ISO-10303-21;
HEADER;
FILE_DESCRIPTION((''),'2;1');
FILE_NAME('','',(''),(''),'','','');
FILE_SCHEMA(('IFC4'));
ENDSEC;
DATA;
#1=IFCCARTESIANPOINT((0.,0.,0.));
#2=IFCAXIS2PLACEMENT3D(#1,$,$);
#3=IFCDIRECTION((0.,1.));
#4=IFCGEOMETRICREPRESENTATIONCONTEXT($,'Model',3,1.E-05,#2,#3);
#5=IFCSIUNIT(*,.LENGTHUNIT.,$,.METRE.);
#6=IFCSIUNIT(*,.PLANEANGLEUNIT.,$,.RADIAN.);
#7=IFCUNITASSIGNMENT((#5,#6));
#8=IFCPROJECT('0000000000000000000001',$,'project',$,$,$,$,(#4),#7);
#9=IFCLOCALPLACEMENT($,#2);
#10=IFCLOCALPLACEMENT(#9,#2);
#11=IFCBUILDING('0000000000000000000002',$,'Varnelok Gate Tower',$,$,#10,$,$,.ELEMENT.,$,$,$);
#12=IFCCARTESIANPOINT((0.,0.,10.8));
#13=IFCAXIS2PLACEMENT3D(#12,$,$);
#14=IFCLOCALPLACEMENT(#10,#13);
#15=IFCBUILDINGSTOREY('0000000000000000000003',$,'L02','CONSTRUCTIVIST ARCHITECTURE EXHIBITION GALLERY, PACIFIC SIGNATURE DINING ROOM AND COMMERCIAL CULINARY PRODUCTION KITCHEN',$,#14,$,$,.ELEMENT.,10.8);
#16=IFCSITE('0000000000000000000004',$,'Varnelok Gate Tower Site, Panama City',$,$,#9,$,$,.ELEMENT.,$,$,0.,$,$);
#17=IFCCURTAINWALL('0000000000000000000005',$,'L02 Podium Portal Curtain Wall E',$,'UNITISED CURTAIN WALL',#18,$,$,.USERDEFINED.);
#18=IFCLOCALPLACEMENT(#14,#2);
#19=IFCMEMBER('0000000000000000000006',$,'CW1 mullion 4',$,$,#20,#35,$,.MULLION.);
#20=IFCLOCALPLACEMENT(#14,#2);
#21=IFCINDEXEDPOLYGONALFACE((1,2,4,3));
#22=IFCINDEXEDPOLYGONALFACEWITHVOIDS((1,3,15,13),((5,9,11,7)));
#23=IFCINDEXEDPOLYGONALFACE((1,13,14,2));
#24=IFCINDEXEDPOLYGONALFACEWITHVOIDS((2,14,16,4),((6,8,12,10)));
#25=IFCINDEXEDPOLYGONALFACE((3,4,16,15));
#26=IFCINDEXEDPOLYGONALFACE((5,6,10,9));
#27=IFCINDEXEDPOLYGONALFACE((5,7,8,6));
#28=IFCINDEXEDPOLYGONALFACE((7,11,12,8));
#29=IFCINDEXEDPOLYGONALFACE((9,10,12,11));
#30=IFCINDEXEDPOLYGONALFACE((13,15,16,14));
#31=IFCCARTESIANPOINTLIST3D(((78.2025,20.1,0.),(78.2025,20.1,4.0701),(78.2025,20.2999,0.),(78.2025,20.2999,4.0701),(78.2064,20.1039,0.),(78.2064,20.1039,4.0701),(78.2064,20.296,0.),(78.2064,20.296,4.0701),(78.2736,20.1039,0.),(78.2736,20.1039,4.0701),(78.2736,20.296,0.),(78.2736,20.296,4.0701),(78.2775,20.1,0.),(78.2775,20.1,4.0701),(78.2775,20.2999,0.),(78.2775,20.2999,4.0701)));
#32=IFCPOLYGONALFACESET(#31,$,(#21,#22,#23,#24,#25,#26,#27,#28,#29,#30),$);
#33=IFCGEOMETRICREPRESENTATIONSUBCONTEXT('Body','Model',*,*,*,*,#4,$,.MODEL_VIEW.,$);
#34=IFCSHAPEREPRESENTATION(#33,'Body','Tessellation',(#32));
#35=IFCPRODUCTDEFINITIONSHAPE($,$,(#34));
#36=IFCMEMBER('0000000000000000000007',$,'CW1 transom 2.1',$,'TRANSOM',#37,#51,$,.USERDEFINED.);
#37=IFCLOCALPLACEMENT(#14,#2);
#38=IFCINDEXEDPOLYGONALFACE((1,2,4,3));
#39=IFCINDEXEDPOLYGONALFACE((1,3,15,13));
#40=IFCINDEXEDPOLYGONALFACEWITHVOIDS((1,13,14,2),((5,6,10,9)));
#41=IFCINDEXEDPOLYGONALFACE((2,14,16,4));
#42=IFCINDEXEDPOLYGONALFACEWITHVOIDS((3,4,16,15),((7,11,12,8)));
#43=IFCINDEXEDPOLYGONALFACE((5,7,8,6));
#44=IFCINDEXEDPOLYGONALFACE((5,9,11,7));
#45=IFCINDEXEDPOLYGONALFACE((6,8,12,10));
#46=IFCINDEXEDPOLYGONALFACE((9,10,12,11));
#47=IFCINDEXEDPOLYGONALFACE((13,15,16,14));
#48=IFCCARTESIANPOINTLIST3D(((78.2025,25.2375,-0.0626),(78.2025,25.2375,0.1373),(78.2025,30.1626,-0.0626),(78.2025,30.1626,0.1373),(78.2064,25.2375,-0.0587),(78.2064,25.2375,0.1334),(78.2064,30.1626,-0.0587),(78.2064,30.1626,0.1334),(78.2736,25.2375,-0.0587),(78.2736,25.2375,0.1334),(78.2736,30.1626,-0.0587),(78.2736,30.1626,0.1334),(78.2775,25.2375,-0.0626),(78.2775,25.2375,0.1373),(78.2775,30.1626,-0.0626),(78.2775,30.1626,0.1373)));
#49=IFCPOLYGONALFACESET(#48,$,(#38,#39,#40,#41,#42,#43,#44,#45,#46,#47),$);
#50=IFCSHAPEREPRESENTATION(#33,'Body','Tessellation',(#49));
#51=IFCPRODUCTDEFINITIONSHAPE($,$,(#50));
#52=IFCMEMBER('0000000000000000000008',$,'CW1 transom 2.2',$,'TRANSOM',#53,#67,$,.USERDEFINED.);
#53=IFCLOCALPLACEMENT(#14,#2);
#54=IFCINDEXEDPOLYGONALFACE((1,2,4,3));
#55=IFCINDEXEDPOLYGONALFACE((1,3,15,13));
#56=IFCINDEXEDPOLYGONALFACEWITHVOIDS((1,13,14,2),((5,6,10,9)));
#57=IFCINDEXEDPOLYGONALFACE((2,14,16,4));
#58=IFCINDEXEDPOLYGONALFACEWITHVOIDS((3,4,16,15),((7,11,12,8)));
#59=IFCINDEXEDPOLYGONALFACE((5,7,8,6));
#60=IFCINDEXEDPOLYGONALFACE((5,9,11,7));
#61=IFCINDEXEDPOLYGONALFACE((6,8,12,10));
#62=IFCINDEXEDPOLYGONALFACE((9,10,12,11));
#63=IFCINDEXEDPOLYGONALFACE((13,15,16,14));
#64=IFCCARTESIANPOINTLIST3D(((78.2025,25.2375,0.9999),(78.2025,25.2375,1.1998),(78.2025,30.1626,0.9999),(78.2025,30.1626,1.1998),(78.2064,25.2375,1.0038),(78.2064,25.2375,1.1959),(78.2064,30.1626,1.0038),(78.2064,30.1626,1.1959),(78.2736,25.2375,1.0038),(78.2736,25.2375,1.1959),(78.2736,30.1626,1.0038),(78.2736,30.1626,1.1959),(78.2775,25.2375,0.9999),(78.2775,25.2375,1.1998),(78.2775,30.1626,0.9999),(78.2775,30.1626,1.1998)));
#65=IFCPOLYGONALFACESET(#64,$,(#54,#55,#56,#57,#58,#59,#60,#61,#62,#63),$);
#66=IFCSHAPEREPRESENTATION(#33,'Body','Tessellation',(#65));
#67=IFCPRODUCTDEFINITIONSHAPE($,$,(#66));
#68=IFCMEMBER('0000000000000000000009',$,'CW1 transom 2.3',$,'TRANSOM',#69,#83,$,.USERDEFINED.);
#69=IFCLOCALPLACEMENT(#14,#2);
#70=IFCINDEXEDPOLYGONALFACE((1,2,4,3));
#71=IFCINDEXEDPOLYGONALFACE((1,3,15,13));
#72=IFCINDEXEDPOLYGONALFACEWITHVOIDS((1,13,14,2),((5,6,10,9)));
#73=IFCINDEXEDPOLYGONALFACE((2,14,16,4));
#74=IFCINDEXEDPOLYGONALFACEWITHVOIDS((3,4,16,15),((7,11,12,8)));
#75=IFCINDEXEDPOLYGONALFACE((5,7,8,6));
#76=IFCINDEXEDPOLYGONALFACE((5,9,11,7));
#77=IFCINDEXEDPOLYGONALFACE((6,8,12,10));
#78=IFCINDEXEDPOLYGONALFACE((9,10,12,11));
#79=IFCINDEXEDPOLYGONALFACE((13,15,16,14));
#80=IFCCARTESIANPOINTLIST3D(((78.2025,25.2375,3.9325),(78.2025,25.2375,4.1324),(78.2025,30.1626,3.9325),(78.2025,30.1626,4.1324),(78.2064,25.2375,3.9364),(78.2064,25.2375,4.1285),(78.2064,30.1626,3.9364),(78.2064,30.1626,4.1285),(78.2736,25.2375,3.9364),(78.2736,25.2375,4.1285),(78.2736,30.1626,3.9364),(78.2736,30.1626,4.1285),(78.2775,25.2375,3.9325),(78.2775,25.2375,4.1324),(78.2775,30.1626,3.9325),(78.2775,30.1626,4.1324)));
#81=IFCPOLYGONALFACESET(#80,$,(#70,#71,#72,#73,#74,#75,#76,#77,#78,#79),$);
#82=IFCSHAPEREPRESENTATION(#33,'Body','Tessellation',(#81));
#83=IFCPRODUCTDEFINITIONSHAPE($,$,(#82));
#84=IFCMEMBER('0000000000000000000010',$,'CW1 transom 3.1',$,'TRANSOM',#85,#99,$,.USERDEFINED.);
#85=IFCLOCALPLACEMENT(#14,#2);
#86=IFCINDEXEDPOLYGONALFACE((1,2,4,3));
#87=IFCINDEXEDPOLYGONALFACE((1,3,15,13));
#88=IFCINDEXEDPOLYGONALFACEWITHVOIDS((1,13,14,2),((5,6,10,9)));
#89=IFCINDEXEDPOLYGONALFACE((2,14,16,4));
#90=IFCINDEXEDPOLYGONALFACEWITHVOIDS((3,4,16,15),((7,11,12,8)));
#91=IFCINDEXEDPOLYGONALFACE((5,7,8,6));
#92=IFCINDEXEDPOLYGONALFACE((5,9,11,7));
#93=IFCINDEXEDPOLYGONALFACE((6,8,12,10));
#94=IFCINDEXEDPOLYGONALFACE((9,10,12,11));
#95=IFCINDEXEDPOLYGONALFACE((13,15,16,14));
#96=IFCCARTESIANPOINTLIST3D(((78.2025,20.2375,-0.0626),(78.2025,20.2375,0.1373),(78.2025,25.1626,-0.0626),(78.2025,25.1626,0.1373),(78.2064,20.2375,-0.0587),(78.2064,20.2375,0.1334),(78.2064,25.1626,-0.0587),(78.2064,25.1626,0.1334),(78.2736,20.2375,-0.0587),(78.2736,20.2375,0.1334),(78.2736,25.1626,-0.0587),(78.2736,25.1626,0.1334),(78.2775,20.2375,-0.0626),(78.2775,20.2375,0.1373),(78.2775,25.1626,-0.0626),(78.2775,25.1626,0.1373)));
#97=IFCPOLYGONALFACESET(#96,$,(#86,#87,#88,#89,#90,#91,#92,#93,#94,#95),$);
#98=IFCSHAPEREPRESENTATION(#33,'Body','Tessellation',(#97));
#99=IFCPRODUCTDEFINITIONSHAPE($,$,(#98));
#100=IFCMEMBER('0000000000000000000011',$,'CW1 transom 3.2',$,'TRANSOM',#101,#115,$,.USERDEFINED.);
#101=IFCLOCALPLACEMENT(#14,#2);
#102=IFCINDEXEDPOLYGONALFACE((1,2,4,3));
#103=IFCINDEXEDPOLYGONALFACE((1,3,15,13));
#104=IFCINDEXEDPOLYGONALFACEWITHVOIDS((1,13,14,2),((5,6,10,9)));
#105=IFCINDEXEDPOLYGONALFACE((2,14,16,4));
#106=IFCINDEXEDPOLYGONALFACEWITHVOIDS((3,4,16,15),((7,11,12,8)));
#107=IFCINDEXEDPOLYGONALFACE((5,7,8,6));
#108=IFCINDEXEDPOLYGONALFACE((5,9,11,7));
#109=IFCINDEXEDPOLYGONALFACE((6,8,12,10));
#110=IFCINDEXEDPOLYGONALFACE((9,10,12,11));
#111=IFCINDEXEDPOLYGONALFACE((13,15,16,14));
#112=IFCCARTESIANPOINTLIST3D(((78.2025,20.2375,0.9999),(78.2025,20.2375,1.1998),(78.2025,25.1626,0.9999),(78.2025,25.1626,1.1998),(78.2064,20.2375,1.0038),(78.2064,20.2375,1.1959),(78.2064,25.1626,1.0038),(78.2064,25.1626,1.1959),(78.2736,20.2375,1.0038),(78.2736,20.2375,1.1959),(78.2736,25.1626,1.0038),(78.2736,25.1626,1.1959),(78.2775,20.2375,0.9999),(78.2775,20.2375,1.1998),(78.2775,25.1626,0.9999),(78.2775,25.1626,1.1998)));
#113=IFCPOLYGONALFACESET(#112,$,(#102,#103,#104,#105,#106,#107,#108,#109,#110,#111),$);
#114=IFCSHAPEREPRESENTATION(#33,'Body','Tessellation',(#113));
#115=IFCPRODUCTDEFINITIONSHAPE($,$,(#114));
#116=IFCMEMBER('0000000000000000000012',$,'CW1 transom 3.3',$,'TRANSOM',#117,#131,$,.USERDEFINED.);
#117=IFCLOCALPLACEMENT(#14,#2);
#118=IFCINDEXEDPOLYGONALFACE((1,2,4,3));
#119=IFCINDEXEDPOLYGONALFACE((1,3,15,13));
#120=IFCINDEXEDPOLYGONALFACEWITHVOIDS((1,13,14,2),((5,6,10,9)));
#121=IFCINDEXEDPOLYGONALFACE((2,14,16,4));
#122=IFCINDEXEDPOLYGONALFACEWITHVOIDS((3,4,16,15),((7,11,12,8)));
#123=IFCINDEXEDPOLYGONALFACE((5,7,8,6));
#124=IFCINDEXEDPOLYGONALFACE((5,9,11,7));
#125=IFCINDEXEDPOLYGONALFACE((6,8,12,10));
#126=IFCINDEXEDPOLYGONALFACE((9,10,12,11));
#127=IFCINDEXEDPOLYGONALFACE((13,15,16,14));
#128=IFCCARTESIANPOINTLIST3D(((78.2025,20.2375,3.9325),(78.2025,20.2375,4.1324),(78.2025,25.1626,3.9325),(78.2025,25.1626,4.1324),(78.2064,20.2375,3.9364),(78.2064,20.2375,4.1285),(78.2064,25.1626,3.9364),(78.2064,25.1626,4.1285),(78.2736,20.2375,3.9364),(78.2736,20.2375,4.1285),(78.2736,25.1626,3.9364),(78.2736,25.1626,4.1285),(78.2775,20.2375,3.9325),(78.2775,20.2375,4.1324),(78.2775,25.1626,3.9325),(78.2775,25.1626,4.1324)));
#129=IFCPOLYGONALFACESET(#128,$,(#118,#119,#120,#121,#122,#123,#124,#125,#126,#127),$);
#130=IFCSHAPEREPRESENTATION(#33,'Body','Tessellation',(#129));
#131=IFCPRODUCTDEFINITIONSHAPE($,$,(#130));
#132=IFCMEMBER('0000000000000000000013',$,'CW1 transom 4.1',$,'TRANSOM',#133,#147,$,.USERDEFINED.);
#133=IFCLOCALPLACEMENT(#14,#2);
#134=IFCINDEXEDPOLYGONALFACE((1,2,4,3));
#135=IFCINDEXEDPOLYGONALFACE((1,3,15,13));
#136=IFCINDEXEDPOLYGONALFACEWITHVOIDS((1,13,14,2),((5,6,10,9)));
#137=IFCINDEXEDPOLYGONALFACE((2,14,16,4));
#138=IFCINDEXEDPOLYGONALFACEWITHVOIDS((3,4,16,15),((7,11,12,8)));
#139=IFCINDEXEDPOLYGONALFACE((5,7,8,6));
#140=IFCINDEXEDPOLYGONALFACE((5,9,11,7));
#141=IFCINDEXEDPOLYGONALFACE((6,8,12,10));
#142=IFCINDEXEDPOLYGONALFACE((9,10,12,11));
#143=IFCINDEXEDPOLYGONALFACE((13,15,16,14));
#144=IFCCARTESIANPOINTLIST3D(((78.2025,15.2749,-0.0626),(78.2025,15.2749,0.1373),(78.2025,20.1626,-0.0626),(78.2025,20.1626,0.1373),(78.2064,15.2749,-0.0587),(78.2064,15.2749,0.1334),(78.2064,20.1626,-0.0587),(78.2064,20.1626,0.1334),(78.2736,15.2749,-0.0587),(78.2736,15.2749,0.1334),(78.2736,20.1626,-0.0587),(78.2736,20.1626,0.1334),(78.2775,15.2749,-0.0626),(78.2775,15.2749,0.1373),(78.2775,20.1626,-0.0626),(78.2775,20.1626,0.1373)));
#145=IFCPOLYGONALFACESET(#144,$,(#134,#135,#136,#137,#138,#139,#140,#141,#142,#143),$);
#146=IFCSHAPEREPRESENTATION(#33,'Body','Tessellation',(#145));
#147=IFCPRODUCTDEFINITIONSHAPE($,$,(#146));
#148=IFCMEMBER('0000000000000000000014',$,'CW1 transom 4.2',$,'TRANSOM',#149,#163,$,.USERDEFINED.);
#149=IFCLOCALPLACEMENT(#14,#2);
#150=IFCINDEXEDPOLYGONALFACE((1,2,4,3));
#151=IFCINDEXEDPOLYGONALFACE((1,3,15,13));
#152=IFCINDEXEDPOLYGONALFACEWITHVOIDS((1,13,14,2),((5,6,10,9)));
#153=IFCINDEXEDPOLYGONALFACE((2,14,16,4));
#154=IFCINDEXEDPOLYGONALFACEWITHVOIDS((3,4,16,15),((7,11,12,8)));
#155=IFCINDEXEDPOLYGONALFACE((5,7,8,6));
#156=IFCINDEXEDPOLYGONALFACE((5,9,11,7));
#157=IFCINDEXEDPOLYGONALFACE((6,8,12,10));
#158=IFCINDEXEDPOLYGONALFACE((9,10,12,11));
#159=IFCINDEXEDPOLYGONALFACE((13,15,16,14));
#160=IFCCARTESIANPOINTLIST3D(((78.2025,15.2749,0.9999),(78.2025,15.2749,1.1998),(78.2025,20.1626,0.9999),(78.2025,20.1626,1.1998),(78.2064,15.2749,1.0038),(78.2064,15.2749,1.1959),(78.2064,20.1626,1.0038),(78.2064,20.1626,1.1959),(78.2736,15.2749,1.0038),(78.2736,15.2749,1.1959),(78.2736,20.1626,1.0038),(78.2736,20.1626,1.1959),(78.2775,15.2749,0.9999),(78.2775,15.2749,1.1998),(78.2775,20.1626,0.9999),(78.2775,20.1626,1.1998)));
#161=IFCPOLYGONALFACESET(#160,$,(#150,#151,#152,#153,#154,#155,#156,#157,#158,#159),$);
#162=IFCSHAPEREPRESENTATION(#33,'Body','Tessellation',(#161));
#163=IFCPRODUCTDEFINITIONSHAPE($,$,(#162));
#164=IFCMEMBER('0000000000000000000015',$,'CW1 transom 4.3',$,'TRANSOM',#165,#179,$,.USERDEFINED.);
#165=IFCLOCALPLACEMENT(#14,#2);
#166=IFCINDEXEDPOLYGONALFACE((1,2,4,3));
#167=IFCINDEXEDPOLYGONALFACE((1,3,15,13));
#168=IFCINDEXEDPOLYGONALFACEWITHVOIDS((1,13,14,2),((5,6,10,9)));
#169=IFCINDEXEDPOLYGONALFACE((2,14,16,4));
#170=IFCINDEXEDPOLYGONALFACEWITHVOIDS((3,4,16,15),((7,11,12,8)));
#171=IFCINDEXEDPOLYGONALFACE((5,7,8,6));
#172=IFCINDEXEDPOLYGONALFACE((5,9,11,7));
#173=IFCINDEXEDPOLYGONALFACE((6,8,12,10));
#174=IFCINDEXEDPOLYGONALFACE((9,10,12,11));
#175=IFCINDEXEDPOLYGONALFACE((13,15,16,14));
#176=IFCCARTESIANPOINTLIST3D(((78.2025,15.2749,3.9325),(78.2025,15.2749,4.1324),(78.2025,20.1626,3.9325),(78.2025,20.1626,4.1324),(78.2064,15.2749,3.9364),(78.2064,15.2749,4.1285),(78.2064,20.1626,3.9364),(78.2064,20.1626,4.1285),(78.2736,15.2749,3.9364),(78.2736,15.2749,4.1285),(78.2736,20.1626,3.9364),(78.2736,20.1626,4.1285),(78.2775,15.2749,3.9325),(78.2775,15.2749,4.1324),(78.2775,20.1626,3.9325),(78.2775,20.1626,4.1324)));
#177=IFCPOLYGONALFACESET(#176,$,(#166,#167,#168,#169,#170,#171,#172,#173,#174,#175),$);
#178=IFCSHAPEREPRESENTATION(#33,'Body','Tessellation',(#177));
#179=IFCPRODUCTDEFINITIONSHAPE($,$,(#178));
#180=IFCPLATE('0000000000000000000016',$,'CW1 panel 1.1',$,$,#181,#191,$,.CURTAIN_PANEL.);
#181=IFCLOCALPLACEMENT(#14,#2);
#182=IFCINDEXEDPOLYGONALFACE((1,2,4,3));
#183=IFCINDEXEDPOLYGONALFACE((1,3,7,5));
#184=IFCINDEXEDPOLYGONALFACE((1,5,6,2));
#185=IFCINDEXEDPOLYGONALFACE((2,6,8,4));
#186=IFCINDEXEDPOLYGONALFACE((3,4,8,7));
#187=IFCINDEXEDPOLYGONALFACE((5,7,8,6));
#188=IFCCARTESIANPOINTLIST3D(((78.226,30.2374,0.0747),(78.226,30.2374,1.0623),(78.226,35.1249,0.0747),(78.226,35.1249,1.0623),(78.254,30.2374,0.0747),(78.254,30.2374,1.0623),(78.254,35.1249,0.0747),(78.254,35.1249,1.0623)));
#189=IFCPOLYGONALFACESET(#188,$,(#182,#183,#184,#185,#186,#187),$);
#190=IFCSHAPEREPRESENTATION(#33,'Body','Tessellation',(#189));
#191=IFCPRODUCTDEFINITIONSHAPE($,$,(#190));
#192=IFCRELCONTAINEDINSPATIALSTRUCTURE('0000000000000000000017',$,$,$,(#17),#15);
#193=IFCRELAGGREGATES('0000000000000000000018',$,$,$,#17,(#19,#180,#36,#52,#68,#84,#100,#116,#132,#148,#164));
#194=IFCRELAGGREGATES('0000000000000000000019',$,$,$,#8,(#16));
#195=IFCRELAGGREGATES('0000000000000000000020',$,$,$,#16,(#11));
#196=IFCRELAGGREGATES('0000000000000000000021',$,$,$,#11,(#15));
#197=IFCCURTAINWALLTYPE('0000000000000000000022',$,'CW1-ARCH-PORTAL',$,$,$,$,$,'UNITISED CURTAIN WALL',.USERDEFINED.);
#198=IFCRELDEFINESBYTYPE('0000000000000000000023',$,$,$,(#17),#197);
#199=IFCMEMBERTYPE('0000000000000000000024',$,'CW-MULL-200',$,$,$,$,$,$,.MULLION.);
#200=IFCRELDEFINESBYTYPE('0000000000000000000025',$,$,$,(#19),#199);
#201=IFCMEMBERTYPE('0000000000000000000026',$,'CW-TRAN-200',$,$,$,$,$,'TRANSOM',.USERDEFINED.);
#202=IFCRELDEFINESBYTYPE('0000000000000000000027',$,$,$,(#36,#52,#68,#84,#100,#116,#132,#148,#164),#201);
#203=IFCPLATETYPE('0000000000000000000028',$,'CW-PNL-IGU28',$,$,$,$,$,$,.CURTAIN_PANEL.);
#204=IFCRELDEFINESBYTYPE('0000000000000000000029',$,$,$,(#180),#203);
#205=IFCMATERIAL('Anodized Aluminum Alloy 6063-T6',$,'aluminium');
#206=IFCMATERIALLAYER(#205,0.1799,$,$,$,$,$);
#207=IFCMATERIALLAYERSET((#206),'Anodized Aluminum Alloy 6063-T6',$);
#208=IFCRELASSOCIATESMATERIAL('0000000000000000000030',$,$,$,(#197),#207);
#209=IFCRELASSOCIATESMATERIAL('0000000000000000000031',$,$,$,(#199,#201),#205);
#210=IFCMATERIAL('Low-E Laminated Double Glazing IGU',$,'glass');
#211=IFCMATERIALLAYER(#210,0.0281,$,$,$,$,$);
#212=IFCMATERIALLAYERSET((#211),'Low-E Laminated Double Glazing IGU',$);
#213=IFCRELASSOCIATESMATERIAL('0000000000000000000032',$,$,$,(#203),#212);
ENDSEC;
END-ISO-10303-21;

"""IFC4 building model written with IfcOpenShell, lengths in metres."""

from ifc_helpers import new_model, si_unit, direction, frame, origin, origin_2d, place, context, subcontext, project, spatial, rectangle, hollow_rectangle, extrude, source, transform, mapped, material, layer, layer_set, material_profile, profile_set, type_object, element, aggregate, save


model = new_model("IFC4")

# Units and contexts
model_context = context("Model", 3, precision=1e-05, world=origin(), true_north=direction((0.0, 1.0)))
body_context = subcontext(model_context, "Body", "Model", "MODEL_VIEW")
ifc_project = project(units=[si_unit("LENGTHUNIT", "METRE"), si_unit("PLANEANGLEUNIT", "RADIAN")], contexts=[model_context])

# Site, building, storey
site_placement = place(None, origin())
site = spatial("IfcSite", under=ifc_project, at=site_placement, Name="Varnelok Gate Tower Site, Panama City", CompositionType="ELEMENT", RefElevation=0.0)
building_placement = place(site_placement, origin())
building = spatial("IfcBuilding", under=site, at=building_placement, Name="Varnelok Gate Tower", CompositionType="ELEMENT")
storey_placement = place(building_placement, frame((0.0, 0.0, 10.8)))
storey = spatial("IfcBuildingStorey", under=building, at=storey_placement, Name="L02", Description="CONSTRUCTIVIST ARCHITECTURE EXHIBITION GALLERY, PACIFIC SIGNATURE DINING ROOM AND COMMERCIAL CULINARY PRODUCTION KITCHEN", CompositionType="ELEMENT", Elevation=10.8)

# Curtain wall, members, plate
ifc_material_1 = material(Name="Anodized Aluminum Alloy 6063-T6", Category="aluminium")
ifc_layer_1 = layer(ifc_material_1, 0.1799)
ifc_layer_set_1 = layer_set([ifc_layer_1], Name="Anodized Aluminum Alloy 6063-T6")
curtain_wall_type = type_object("IfcCurtainWallType", Name="CW1-ARCH-PORTAL", ElementType="UNITISED CURTAIN WALL", PredefinedType="USERDEFINED", material=ifc_layer_set_1)
curtain_wall_placement = place(storey_placement, origin())
curtain_wall = element("IfcCurtainWall", 1, at=curtain_wall_placement, inside=storey, type_object=curtain_wall_type, Name="L02 Podium Portal Curtain Wall E", ObjectType="UNITISED CURTAIN WALL", PredefinedType="USERDEFINED")
ifc_material_profile_1 = material_profile(ifc_material_1, hollow_rectangle(XDim=0.075, YDim=0.2, WallThickness=0.0039, at=origin_2d()), Name="ALU200X75X4")
ifc_profile_set_1 = profile_set([ifc_material_profile_1], Name="Anodized Aluminum Alloy 6063-T6")
member_type_1 = type_object("IfcMemberType", Name="CW-MULL-200", PredefinedType="MULLION", material=ifc_profile_set_1)
member_1_placement = place(storey_placement, frame((78.24, 20.2, 0.0), z_axis=(0.0, 0.0, 1.0), x_axis=(1.0, 0.0, 0.0)))
member_1 = element("IfcMember", 2, at=member_1_placement, type_object=member_type_1, Name="CW1 mullion 4", PredefinedType="MULLION", context=body_context, shape_type="SweptSolid", body=[
    extrude(hollow_rectangle(XDim=0.075, YDim=0.2, WallThickness=0.0039, at=origin_2d()), origin(), (0.0, 0.0, 1.0), 4.0701),
])
ifc_material_profile_2 = material_profile(ifc_material_1, hollow_rectangle(XDim=0.075, YDim=0.2, WallThickness=0.0039, at=origin_2d()), Name="ALU200X75X4")
ifc_profile_set_2 = profile_set([ifc_material_profile_2], Name="Anodized Aluminum Alloy 6063-T6")
member_type_2 = type_object("IfcMemberType", Name="CW-TRAN-200", ElementType="TRANSOM", PredefinedType="USERDEFINED", material=ifc_profile_set_2)
member_2_placement = place(storey_placement, frame((78.24, 30.1626, 0.0374), z_axis=(0.0, -1.0, 0.0), x_axis=(1.0, 0.0, 0.0)))
member_2 = element("IfcMember", 3, at=member_2_placement, type_object=member_type_2, Name="CW1 transom 2.1", ObjectType="TRANSOM", PredefinedType="USERDEFINED", context=body_context, shape_type="SweptSolid", body=[
    extrude(hollow_rectangle(XDim=0.075, YDim=0.2, WallThickness=0.0039, at=origin_2d()), origin(), (0.0, 0.0, 1.0), 4.925),
])
member_3_placement = place(storey_placement, frame((78.24, 30.1626, 1.0999), z_axis=(0.0, -1.0, 0.0), x_axis=(1.0, 0.0, 0.0)))
member_3 = element("IfcMember", 4, at=member_3_placement, type_object=member_type_2, Name="CW1 transom 2.2", ObjectType="TRANSOM", PredefinedType="USERDEFINED", context=body_context, shape_type="SweptSolid", body=[
    extrude(hollow_rectangle(XDim=0.075, YDim=0.2, WallThickness=0.0039, at=origin_2d()), origin(), (0.0, 0.0, 1.0), 4.925),
])
member_4_placement = place(storey_placement, frame((78.24, 30.1626, 4.0325), z_axis=(0.0, -1.0, 0.0), x_axis=(1.0, 0.0, 0.0)))
member_4 = element("IfcMember", 5, at=member_4_placement, type_object=member_type_2, Name="CW1 transom 2.3", ObjectType="TRANSOM", PredefinedType="USERDEFINED", context=body_context, shape_type="SweptSolid", body=[
    extrude(hollow_rectangle(XDim=0.075, YDim=0.2, WallThickness=0.0039, at=origin_2d()), origin(), (0.0, 0.0, 1.0), 4.925),
])
member_5_placement = place(storey_placement, frame((78.24, 25.1626, 0.0374), z_axis=(0.0, -1.0, 0.0), x_axis=(1.0, 0.0, 0.0)))
member_5 = element("IfcMember", 6, at=member_5_placement, type_object=member_type_2, Name="CW1 transom 3.1", ObjectType="TRANSOM", PredefinedType="USERDEFINED", context=body_context, shape_type="SweptSolid", body=[
    extrude(hollow_rectangle(XDim=0.075, YDim=0.2, WallThickness=0.0039, at=origin_2d()), origin(), (0.0, 0.0, 1.0), 4.925),
])
member_6_placement = place(storey_placement, frame((78.24, 25.1626, 1.0999), z_axis=(0.0, -1.0, 0.0), x_axis=(1.0, 0.0, 0.0)))
member_6 = element("IfcMember", 7, at=member_6_placement, type_object=member_type_2, Name="CW1 transom 3.2", ObjectType="TRANSOM", PredefinedType="USERDEFINED", context=body_context, shape_type="SweptSolid", body=[
    extrude(hollow_rectangle(XDim=0.075, YDim=0.2, WallThickness=0.0039, at=origin_2d()), origin(), (0.0, 0.0, 1.0), 4.925),
])
member_7_placement = place(storey_placement, frame((78.24, 25.1626, 4.0325), z_axis=(0.0, -1.0, 0.0), x_axis=(1.0, 0.0, 0.0)))
member_7 = element("IfcMember", 8, at=member_7_placement, type_object=member_type_2, Name="CW1 transom 3.3", ObjectType="TRANSOM", PredefinedType="USERDEFINED", context=body_context, shape_type="SweptSolid", body=[
    extrude(hollow_rectangle(XDim=0.075, YDim=0.2, WallThickness=0.0039, at=origin_2d()), origin(), (0.0, 0.0, 1.0), 4.925),
])
member_8_placement = place(storey_placement, frame((78.24, 20.1626, 0.0374), z_axis=(0.0, -1.0, 0.0), x_axis=(1.0, 0.0, 0.0)))
member_8 = element("IfcMember", 9, at=member_8_placement, type_object=member_type_2, Name="CW1 transom 4.1", ObjectType="TRANSOM", PredefinedType="USERDEFINED", context=body_context, shape_type="SweptSolid", body=[
    extrude(hollow_rectangle(XDim=0.075, YDim=0.2, WallThickness=0.0039, at=origin_2d()), origin(), (0.0, 0.0, 1.0), 4.8877),
])
member_9_placement = place(storey_placement, frame((78.24, 20.1626, 1.0999), z_axis=(0.0, -1.0, 0.0), x_axis=(1.0, 0.0, 0.0)))
member_9 = element("IfcMember", 10, at=member_9_placement, type_object=member_type_2, Name="CW1 transom 4.2", ObjectType="TRANSOM", PredefinedType="USERDEFINED", context=body_context, shape_type="SweptSolid", body=[
    extrude(hollow_rectangle(XDim=0.075, YDim=0.2, WallThickness=0.0039, at=origin_2d()), origin(), (0.0, 0.0, 1.0), 4.8877),
])
member_10_placement = place(storey_placement, frame((78.24, 20.1626, 4.0325), z_axis=(0.0, -1.0, 0.0), x_axis=(1.0, 0.0, 0.0)))
member_10 = element("IfcMember", 11, at=member_10_placement, type_object=member_type_2, Name="CW1 transom 4.3", ObjectType="TRANSOM", PredefinedType="USERDEFINED", context=body_context, shape_type="SweptSolid", body=[
    extrude(hollow_rectangle(XDim=0.075, YDim=0.2, WallThickness=0.0039, at=origin_2d()), origin(), (0.0, 0.0, 1.0), 4.8877),
])
ifc_material_2 = material(Name="Low-E Laminated Double Glazing IGU", Category="glass")
ifc_layer_2 = layer(ifc_material_2, 0.0281)
ifc_layer_set_2 = layer_set([ifc_layer_2], Name="Low-E Laminated Double Glazing IGU")
plate_type = type_object("IfcPlateType", Name="CW-PNL-IGU28", PredefinedType="CURTAIN_PANEL", material=ifc_layer_set_2)
shared_shape_1 = source(origin(), body_context, "Body", "SweptSolid", [
    extrude(rectangle(XDim=4.8875, YDim=0.0281, at=origin_2d()), origin(), (0.0, 0.0, 1.0), 0.9875),
])
plate_1_placement = place(storey_placement, frame((78.24, 32.6812, 0.0747), z_axis=(0.0, 0.0, 1.0), x_axis=(0.0, -1.0, 0.0)))
plate_1 = element("IfcPlate", 12, at=plate_1_placement, type_object=plate_type, Name="CW1 panel 1.1", PredefinedType="CURTAIN_PANEL", context=body_context, shape_type="MappedRepresentation", body=[
    mapped(shared_shape_1, transform((0.0, 0.0, 0.0), scale=1.0)),
])
aggregate(curtain_wall, [member_1, plate_1, member_2, member_3, member_4, member_5, member_6, member_7, member_8, member_9, member_10])

save(model, "model.ifc")
